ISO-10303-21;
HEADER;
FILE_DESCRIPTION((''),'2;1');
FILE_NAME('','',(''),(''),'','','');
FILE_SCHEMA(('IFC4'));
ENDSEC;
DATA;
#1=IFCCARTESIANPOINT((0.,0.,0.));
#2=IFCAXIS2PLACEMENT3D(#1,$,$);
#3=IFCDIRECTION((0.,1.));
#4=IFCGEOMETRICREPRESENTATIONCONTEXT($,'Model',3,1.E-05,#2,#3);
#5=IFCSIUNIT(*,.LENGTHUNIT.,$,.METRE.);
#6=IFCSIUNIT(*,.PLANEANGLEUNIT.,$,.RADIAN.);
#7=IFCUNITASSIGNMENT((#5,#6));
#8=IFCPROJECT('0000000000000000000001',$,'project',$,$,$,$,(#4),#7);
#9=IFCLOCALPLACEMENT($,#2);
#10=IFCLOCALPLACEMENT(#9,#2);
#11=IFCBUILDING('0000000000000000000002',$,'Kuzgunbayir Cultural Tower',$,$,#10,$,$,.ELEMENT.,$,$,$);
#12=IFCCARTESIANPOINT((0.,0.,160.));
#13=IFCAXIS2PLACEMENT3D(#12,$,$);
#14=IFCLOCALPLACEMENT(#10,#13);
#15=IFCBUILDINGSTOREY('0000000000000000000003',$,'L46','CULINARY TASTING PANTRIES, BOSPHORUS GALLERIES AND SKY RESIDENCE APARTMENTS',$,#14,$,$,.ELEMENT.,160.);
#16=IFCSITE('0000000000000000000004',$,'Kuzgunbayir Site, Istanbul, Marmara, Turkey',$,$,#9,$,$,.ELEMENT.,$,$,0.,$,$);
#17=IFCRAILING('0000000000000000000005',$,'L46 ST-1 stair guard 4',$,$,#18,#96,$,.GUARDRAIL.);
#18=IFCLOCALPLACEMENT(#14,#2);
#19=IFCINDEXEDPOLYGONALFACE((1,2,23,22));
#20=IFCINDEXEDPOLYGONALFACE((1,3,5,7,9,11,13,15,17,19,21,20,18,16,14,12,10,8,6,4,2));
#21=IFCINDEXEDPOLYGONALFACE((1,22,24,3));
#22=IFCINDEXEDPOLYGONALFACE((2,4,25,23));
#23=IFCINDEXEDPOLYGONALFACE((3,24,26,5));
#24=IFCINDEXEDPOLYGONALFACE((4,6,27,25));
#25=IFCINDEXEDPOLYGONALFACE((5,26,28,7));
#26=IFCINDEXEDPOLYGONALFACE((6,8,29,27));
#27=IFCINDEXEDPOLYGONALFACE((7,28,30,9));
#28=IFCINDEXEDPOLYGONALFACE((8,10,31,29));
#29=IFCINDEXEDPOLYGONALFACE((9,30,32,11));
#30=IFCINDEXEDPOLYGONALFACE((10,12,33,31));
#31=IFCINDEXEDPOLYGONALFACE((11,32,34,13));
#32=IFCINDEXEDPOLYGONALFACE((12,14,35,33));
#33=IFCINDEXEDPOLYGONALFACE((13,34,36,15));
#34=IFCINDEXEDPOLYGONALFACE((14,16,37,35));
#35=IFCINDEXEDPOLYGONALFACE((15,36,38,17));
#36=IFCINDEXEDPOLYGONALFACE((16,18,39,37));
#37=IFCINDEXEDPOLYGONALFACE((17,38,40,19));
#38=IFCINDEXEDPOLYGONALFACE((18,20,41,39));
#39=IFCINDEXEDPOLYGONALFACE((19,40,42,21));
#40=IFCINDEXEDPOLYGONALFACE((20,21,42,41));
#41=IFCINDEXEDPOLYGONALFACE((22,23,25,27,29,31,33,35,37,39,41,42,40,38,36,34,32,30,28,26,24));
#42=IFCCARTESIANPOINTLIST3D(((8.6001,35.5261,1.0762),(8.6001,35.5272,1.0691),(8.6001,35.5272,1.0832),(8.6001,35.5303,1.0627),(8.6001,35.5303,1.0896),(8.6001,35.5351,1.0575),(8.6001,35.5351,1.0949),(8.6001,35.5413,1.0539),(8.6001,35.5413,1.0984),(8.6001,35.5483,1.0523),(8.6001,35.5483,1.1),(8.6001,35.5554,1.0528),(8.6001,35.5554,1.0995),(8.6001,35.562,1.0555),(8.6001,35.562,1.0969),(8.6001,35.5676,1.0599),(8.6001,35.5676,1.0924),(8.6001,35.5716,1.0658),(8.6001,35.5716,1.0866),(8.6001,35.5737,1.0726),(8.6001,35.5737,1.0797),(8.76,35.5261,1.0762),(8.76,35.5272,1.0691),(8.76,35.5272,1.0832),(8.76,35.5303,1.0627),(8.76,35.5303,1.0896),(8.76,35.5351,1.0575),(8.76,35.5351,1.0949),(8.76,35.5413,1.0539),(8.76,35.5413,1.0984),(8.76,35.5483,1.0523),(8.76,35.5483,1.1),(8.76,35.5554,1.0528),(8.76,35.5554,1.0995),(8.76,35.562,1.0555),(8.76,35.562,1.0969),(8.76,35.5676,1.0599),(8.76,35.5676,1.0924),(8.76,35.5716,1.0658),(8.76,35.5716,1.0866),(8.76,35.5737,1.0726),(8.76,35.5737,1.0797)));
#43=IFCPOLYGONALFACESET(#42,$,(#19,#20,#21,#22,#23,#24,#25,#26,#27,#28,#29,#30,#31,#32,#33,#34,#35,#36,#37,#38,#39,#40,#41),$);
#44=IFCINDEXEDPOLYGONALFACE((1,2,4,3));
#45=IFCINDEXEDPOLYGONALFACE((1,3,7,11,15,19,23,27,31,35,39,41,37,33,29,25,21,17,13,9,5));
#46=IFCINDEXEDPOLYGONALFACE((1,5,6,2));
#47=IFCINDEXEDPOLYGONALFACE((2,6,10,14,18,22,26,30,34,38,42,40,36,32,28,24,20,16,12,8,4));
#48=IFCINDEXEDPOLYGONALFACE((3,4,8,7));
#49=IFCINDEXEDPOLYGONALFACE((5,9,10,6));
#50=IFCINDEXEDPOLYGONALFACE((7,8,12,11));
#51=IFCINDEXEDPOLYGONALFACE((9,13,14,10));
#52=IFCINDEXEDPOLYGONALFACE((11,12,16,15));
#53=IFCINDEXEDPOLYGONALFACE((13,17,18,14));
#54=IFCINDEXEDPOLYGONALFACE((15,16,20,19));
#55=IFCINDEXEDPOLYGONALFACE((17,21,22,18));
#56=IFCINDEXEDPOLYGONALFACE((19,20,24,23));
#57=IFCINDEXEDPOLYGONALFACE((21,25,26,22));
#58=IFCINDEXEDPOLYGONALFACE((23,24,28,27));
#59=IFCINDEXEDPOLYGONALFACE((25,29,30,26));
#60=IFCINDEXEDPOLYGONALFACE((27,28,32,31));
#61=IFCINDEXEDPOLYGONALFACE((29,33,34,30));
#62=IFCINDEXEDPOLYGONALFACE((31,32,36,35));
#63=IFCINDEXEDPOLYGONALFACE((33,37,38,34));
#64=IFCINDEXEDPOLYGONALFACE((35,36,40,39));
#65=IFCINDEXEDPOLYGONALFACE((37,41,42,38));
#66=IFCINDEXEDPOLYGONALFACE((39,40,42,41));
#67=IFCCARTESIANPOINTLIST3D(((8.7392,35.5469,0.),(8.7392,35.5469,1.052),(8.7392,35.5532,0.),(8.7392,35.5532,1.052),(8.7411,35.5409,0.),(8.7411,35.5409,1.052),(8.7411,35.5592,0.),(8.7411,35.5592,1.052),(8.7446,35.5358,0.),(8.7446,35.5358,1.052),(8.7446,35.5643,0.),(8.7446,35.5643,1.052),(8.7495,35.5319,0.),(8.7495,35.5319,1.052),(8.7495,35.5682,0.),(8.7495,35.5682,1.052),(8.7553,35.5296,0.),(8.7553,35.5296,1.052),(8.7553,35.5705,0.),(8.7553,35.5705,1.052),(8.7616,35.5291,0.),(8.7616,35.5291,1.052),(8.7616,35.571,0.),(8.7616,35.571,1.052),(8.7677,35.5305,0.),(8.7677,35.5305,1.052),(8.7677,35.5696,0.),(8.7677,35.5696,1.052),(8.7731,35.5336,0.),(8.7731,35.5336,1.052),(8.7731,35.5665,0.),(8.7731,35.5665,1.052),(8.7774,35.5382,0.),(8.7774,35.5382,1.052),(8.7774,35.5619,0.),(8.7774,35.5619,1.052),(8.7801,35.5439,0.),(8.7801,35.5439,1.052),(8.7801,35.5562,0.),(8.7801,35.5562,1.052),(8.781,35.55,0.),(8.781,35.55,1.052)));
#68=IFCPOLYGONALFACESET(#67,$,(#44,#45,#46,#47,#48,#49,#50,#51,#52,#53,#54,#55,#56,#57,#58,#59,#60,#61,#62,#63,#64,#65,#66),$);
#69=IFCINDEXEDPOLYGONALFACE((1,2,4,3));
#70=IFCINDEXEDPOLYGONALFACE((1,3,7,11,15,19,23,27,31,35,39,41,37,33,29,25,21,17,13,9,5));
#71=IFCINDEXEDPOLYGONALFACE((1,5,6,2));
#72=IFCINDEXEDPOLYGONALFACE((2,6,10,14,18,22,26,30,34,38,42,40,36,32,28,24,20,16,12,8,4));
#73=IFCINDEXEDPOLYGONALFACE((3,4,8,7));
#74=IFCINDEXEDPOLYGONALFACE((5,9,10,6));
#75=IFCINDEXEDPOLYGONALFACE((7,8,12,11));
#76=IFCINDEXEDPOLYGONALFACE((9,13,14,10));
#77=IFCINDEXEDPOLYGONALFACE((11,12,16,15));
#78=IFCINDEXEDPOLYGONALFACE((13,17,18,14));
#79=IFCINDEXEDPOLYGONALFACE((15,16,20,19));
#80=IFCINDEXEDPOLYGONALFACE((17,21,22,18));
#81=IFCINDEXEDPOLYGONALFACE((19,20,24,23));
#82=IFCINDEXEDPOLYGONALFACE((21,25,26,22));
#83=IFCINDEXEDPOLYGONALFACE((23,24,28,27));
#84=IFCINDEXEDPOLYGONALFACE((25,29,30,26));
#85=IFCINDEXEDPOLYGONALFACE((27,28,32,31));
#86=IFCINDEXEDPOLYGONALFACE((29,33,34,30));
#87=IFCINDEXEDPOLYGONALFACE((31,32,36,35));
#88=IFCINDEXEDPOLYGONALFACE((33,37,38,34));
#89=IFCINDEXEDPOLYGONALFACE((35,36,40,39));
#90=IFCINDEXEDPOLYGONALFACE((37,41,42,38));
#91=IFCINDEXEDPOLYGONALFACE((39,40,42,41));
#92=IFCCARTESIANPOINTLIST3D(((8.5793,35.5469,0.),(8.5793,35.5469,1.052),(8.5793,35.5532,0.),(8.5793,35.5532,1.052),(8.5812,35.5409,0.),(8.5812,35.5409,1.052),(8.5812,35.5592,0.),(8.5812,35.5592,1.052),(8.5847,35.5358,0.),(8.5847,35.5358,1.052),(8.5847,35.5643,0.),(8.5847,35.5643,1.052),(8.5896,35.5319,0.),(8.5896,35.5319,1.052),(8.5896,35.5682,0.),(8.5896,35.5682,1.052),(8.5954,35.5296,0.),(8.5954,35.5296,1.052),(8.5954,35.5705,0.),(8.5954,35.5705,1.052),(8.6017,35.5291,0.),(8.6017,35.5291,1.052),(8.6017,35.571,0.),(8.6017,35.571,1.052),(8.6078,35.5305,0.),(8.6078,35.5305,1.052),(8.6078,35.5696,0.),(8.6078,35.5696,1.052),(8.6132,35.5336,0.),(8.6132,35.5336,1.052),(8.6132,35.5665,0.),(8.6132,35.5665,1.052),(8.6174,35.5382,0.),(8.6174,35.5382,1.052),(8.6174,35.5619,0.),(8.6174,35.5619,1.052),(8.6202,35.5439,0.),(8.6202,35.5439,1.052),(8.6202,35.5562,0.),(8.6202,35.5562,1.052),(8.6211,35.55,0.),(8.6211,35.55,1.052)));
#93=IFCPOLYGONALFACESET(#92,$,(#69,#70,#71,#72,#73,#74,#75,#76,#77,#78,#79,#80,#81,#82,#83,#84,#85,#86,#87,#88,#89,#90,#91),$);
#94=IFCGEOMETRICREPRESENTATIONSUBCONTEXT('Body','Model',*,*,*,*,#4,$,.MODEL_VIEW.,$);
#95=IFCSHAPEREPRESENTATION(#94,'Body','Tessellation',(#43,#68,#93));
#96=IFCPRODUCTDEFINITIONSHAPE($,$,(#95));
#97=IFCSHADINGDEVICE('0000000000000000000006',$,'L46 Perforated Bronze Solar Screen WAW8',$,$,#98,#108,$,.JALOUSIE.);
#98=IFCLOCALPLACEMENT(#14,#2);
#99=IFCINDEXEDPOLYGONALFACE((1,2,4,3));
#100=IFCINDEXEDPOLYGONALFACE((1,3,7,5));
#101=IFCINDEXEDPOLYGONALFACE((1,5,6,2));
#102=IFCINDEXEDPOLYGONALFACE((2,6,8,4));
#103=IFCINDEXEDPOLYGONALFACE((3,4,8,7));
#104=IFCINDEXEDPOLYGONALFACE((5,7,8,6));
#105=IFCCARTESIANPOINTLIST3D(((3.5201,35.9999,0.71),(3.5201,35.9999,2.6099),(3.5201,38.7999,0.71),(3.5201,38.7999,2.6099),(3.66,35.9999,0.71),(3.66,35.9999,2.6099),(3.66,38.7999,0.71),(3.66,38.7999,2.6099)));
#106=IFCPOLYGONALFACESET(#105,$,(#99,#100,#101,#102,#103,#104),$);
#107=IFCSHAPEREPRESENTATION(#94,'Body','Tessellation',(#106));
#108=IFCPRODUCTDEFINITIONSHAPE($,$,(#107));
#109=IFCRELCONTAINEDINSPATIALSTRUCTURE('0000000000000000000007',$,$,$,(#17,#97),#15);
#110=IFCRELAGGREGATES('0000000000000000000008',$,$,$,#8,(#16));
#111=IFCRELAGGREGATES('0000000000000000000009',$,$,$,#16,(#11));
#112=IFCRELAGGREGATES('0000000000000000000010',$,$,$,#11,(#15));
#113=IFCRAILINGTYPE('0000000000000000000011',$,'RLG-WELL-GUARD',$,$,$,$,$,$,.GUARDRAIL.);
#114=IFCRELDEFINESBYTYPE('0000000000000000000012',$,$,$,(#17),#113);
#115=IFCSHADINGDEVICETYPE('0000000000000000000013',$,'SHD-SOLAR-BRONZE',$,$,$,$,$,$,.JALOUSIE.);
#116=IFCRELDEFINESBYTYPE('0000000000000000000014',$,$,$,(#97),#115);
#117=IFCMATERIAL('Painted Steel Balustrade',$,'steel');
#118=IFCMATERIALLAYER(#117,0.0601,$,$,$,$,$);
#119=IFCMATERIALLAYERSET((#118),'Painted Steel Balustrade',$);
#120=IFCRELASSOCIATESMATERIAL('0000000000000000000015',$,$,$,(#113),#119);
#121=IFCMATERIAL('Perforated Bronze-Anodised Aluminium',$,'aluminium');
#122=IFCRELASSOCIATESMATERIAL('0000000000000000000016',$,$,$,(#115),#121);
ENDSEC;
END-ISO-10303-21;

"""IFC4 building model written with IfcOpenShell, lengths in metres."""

from ifc_helpers import new_model, si_unit, direction, frame, origin, origin_2d, place, context, subcontext, project, spatial, rectangle, circle, extrude, material, layer, layer_set, type_object, element, save


model = new_model("IFC4")

# Units and contexts
model_context = context("Model", 3, precision=1e-05, world=origin(), true_north=direction((0.0, 1.0)))
body_context = subcontext(model_context, "Body", "Model", "MODEL_VIEW")
ifc_project = project(units=[si_unit("LENGTHUNIT", "METRE"), si_unit("PLANEANGLEUNIT", "RADIAN")], contexts=[model_context])

# Site, building, storey
site_placement = place(None, origin())
site = spatial("IfcSite", under=ifc_project, at=site_placement, Name="Kuzgunbayir Site, Istanbul, Marmara, Turkey", CompositionType="ELEMENT", RefElevation=0.0)
building_placement = place(site_placement, origin())
building = spatial("IfcBuilding", under=site, at=building_placement, Name="Kuzgunbayir Cultural Tower", CompositionType="ELEMENT")
storey_placement = place(building_placement, frame((0.0, 0.0, 160.0)))
storey = spatial("IfcBuildingStorey", under=building, at=storey_placement, Name="L46", Description="CULINARY TASTING PANTRIES, BOSPHORUS GALLERIES AND SKY RESIDENCE APARTMENTS", CompositionType="ELEMENT", Elevation=160.0)

# Railing
ifc_material_1 = material(Name="Painted Steel Balustrade", Category="steel")
ifc_layer_1 = layer(ifc_material_1, 0.0601)
ifc_layer_set_1 = layer_set([ifc_layer_1], Name="Painted Steel Balustrade")
railing_type_1 = type_object("IfcRailingType", Name="RLG-WELL-GUARD", PredefinedType="GUARDRAIL", material=ifc_layer_set_1)
railing_1_placement = place(storey_placement, frame((8.76, 35.55, 0.0)))
element("IfcRailing", 1, at=railing_1_placement, inside=storey, type_object=railing_type_1, Name="L46 ST-1 stair guard 4", PredefinedType="GUARDRAIL", context=body_context, shape_type="SweptSolid", body=[
    extrude(circle(Radius=0.0239, at=origin_2d()), frame((0.0, 0.0, 1.0762), z_axis=(-1.0, 0.0, 0.0), x_axis=(0.0, -1.0, 0.0)), (0.0, 0.0, 1.0), 0.1599),
    extrude(circle(Radius=0.021, at=origin_2d()), origin(), (0.0, 0.0, 1.0), 1.052),
    extrude(circle(Radius=0.021, at=origin_2d()), frame((-0.1599, 0.0, 0.0)), (0.0, 0.0, 1.0), 1.052),
])

# Shading device
ifc_material_2 = material(Name="Perforated Bronze-Anodised Aluminium", Category="aluminium")
shading_device_type = type_object("IfcShadingDeviceType", Name="SHD-SOLAR-BRONZE", PredefinedType="JALOUSIE", material=ifc_material_2)
shading_device_placement = place(storey_placement, frame((3.5901, 37.3999, 0.71), z_axis=(0.0, 0.0, 1.0), x_axis=(1.0, 0.0, 0.0)))
element("IfcShadingDevice", 2, at=shading_device_placement, inside=storey, type_object=shading_device_type, Name="L46 Perforated Bronze Solar Screen WAW8", PredefinedType="JALOUSIE", context=body_context, shape_type="SweptSolid", body=[
    extrude(rectangle(XDim=0.1399, YDim=2.8, at=origin_2d()), origin(), (0.0, 0.0, 1.0), 1.8999),
])

save(model, "model.ifc")
